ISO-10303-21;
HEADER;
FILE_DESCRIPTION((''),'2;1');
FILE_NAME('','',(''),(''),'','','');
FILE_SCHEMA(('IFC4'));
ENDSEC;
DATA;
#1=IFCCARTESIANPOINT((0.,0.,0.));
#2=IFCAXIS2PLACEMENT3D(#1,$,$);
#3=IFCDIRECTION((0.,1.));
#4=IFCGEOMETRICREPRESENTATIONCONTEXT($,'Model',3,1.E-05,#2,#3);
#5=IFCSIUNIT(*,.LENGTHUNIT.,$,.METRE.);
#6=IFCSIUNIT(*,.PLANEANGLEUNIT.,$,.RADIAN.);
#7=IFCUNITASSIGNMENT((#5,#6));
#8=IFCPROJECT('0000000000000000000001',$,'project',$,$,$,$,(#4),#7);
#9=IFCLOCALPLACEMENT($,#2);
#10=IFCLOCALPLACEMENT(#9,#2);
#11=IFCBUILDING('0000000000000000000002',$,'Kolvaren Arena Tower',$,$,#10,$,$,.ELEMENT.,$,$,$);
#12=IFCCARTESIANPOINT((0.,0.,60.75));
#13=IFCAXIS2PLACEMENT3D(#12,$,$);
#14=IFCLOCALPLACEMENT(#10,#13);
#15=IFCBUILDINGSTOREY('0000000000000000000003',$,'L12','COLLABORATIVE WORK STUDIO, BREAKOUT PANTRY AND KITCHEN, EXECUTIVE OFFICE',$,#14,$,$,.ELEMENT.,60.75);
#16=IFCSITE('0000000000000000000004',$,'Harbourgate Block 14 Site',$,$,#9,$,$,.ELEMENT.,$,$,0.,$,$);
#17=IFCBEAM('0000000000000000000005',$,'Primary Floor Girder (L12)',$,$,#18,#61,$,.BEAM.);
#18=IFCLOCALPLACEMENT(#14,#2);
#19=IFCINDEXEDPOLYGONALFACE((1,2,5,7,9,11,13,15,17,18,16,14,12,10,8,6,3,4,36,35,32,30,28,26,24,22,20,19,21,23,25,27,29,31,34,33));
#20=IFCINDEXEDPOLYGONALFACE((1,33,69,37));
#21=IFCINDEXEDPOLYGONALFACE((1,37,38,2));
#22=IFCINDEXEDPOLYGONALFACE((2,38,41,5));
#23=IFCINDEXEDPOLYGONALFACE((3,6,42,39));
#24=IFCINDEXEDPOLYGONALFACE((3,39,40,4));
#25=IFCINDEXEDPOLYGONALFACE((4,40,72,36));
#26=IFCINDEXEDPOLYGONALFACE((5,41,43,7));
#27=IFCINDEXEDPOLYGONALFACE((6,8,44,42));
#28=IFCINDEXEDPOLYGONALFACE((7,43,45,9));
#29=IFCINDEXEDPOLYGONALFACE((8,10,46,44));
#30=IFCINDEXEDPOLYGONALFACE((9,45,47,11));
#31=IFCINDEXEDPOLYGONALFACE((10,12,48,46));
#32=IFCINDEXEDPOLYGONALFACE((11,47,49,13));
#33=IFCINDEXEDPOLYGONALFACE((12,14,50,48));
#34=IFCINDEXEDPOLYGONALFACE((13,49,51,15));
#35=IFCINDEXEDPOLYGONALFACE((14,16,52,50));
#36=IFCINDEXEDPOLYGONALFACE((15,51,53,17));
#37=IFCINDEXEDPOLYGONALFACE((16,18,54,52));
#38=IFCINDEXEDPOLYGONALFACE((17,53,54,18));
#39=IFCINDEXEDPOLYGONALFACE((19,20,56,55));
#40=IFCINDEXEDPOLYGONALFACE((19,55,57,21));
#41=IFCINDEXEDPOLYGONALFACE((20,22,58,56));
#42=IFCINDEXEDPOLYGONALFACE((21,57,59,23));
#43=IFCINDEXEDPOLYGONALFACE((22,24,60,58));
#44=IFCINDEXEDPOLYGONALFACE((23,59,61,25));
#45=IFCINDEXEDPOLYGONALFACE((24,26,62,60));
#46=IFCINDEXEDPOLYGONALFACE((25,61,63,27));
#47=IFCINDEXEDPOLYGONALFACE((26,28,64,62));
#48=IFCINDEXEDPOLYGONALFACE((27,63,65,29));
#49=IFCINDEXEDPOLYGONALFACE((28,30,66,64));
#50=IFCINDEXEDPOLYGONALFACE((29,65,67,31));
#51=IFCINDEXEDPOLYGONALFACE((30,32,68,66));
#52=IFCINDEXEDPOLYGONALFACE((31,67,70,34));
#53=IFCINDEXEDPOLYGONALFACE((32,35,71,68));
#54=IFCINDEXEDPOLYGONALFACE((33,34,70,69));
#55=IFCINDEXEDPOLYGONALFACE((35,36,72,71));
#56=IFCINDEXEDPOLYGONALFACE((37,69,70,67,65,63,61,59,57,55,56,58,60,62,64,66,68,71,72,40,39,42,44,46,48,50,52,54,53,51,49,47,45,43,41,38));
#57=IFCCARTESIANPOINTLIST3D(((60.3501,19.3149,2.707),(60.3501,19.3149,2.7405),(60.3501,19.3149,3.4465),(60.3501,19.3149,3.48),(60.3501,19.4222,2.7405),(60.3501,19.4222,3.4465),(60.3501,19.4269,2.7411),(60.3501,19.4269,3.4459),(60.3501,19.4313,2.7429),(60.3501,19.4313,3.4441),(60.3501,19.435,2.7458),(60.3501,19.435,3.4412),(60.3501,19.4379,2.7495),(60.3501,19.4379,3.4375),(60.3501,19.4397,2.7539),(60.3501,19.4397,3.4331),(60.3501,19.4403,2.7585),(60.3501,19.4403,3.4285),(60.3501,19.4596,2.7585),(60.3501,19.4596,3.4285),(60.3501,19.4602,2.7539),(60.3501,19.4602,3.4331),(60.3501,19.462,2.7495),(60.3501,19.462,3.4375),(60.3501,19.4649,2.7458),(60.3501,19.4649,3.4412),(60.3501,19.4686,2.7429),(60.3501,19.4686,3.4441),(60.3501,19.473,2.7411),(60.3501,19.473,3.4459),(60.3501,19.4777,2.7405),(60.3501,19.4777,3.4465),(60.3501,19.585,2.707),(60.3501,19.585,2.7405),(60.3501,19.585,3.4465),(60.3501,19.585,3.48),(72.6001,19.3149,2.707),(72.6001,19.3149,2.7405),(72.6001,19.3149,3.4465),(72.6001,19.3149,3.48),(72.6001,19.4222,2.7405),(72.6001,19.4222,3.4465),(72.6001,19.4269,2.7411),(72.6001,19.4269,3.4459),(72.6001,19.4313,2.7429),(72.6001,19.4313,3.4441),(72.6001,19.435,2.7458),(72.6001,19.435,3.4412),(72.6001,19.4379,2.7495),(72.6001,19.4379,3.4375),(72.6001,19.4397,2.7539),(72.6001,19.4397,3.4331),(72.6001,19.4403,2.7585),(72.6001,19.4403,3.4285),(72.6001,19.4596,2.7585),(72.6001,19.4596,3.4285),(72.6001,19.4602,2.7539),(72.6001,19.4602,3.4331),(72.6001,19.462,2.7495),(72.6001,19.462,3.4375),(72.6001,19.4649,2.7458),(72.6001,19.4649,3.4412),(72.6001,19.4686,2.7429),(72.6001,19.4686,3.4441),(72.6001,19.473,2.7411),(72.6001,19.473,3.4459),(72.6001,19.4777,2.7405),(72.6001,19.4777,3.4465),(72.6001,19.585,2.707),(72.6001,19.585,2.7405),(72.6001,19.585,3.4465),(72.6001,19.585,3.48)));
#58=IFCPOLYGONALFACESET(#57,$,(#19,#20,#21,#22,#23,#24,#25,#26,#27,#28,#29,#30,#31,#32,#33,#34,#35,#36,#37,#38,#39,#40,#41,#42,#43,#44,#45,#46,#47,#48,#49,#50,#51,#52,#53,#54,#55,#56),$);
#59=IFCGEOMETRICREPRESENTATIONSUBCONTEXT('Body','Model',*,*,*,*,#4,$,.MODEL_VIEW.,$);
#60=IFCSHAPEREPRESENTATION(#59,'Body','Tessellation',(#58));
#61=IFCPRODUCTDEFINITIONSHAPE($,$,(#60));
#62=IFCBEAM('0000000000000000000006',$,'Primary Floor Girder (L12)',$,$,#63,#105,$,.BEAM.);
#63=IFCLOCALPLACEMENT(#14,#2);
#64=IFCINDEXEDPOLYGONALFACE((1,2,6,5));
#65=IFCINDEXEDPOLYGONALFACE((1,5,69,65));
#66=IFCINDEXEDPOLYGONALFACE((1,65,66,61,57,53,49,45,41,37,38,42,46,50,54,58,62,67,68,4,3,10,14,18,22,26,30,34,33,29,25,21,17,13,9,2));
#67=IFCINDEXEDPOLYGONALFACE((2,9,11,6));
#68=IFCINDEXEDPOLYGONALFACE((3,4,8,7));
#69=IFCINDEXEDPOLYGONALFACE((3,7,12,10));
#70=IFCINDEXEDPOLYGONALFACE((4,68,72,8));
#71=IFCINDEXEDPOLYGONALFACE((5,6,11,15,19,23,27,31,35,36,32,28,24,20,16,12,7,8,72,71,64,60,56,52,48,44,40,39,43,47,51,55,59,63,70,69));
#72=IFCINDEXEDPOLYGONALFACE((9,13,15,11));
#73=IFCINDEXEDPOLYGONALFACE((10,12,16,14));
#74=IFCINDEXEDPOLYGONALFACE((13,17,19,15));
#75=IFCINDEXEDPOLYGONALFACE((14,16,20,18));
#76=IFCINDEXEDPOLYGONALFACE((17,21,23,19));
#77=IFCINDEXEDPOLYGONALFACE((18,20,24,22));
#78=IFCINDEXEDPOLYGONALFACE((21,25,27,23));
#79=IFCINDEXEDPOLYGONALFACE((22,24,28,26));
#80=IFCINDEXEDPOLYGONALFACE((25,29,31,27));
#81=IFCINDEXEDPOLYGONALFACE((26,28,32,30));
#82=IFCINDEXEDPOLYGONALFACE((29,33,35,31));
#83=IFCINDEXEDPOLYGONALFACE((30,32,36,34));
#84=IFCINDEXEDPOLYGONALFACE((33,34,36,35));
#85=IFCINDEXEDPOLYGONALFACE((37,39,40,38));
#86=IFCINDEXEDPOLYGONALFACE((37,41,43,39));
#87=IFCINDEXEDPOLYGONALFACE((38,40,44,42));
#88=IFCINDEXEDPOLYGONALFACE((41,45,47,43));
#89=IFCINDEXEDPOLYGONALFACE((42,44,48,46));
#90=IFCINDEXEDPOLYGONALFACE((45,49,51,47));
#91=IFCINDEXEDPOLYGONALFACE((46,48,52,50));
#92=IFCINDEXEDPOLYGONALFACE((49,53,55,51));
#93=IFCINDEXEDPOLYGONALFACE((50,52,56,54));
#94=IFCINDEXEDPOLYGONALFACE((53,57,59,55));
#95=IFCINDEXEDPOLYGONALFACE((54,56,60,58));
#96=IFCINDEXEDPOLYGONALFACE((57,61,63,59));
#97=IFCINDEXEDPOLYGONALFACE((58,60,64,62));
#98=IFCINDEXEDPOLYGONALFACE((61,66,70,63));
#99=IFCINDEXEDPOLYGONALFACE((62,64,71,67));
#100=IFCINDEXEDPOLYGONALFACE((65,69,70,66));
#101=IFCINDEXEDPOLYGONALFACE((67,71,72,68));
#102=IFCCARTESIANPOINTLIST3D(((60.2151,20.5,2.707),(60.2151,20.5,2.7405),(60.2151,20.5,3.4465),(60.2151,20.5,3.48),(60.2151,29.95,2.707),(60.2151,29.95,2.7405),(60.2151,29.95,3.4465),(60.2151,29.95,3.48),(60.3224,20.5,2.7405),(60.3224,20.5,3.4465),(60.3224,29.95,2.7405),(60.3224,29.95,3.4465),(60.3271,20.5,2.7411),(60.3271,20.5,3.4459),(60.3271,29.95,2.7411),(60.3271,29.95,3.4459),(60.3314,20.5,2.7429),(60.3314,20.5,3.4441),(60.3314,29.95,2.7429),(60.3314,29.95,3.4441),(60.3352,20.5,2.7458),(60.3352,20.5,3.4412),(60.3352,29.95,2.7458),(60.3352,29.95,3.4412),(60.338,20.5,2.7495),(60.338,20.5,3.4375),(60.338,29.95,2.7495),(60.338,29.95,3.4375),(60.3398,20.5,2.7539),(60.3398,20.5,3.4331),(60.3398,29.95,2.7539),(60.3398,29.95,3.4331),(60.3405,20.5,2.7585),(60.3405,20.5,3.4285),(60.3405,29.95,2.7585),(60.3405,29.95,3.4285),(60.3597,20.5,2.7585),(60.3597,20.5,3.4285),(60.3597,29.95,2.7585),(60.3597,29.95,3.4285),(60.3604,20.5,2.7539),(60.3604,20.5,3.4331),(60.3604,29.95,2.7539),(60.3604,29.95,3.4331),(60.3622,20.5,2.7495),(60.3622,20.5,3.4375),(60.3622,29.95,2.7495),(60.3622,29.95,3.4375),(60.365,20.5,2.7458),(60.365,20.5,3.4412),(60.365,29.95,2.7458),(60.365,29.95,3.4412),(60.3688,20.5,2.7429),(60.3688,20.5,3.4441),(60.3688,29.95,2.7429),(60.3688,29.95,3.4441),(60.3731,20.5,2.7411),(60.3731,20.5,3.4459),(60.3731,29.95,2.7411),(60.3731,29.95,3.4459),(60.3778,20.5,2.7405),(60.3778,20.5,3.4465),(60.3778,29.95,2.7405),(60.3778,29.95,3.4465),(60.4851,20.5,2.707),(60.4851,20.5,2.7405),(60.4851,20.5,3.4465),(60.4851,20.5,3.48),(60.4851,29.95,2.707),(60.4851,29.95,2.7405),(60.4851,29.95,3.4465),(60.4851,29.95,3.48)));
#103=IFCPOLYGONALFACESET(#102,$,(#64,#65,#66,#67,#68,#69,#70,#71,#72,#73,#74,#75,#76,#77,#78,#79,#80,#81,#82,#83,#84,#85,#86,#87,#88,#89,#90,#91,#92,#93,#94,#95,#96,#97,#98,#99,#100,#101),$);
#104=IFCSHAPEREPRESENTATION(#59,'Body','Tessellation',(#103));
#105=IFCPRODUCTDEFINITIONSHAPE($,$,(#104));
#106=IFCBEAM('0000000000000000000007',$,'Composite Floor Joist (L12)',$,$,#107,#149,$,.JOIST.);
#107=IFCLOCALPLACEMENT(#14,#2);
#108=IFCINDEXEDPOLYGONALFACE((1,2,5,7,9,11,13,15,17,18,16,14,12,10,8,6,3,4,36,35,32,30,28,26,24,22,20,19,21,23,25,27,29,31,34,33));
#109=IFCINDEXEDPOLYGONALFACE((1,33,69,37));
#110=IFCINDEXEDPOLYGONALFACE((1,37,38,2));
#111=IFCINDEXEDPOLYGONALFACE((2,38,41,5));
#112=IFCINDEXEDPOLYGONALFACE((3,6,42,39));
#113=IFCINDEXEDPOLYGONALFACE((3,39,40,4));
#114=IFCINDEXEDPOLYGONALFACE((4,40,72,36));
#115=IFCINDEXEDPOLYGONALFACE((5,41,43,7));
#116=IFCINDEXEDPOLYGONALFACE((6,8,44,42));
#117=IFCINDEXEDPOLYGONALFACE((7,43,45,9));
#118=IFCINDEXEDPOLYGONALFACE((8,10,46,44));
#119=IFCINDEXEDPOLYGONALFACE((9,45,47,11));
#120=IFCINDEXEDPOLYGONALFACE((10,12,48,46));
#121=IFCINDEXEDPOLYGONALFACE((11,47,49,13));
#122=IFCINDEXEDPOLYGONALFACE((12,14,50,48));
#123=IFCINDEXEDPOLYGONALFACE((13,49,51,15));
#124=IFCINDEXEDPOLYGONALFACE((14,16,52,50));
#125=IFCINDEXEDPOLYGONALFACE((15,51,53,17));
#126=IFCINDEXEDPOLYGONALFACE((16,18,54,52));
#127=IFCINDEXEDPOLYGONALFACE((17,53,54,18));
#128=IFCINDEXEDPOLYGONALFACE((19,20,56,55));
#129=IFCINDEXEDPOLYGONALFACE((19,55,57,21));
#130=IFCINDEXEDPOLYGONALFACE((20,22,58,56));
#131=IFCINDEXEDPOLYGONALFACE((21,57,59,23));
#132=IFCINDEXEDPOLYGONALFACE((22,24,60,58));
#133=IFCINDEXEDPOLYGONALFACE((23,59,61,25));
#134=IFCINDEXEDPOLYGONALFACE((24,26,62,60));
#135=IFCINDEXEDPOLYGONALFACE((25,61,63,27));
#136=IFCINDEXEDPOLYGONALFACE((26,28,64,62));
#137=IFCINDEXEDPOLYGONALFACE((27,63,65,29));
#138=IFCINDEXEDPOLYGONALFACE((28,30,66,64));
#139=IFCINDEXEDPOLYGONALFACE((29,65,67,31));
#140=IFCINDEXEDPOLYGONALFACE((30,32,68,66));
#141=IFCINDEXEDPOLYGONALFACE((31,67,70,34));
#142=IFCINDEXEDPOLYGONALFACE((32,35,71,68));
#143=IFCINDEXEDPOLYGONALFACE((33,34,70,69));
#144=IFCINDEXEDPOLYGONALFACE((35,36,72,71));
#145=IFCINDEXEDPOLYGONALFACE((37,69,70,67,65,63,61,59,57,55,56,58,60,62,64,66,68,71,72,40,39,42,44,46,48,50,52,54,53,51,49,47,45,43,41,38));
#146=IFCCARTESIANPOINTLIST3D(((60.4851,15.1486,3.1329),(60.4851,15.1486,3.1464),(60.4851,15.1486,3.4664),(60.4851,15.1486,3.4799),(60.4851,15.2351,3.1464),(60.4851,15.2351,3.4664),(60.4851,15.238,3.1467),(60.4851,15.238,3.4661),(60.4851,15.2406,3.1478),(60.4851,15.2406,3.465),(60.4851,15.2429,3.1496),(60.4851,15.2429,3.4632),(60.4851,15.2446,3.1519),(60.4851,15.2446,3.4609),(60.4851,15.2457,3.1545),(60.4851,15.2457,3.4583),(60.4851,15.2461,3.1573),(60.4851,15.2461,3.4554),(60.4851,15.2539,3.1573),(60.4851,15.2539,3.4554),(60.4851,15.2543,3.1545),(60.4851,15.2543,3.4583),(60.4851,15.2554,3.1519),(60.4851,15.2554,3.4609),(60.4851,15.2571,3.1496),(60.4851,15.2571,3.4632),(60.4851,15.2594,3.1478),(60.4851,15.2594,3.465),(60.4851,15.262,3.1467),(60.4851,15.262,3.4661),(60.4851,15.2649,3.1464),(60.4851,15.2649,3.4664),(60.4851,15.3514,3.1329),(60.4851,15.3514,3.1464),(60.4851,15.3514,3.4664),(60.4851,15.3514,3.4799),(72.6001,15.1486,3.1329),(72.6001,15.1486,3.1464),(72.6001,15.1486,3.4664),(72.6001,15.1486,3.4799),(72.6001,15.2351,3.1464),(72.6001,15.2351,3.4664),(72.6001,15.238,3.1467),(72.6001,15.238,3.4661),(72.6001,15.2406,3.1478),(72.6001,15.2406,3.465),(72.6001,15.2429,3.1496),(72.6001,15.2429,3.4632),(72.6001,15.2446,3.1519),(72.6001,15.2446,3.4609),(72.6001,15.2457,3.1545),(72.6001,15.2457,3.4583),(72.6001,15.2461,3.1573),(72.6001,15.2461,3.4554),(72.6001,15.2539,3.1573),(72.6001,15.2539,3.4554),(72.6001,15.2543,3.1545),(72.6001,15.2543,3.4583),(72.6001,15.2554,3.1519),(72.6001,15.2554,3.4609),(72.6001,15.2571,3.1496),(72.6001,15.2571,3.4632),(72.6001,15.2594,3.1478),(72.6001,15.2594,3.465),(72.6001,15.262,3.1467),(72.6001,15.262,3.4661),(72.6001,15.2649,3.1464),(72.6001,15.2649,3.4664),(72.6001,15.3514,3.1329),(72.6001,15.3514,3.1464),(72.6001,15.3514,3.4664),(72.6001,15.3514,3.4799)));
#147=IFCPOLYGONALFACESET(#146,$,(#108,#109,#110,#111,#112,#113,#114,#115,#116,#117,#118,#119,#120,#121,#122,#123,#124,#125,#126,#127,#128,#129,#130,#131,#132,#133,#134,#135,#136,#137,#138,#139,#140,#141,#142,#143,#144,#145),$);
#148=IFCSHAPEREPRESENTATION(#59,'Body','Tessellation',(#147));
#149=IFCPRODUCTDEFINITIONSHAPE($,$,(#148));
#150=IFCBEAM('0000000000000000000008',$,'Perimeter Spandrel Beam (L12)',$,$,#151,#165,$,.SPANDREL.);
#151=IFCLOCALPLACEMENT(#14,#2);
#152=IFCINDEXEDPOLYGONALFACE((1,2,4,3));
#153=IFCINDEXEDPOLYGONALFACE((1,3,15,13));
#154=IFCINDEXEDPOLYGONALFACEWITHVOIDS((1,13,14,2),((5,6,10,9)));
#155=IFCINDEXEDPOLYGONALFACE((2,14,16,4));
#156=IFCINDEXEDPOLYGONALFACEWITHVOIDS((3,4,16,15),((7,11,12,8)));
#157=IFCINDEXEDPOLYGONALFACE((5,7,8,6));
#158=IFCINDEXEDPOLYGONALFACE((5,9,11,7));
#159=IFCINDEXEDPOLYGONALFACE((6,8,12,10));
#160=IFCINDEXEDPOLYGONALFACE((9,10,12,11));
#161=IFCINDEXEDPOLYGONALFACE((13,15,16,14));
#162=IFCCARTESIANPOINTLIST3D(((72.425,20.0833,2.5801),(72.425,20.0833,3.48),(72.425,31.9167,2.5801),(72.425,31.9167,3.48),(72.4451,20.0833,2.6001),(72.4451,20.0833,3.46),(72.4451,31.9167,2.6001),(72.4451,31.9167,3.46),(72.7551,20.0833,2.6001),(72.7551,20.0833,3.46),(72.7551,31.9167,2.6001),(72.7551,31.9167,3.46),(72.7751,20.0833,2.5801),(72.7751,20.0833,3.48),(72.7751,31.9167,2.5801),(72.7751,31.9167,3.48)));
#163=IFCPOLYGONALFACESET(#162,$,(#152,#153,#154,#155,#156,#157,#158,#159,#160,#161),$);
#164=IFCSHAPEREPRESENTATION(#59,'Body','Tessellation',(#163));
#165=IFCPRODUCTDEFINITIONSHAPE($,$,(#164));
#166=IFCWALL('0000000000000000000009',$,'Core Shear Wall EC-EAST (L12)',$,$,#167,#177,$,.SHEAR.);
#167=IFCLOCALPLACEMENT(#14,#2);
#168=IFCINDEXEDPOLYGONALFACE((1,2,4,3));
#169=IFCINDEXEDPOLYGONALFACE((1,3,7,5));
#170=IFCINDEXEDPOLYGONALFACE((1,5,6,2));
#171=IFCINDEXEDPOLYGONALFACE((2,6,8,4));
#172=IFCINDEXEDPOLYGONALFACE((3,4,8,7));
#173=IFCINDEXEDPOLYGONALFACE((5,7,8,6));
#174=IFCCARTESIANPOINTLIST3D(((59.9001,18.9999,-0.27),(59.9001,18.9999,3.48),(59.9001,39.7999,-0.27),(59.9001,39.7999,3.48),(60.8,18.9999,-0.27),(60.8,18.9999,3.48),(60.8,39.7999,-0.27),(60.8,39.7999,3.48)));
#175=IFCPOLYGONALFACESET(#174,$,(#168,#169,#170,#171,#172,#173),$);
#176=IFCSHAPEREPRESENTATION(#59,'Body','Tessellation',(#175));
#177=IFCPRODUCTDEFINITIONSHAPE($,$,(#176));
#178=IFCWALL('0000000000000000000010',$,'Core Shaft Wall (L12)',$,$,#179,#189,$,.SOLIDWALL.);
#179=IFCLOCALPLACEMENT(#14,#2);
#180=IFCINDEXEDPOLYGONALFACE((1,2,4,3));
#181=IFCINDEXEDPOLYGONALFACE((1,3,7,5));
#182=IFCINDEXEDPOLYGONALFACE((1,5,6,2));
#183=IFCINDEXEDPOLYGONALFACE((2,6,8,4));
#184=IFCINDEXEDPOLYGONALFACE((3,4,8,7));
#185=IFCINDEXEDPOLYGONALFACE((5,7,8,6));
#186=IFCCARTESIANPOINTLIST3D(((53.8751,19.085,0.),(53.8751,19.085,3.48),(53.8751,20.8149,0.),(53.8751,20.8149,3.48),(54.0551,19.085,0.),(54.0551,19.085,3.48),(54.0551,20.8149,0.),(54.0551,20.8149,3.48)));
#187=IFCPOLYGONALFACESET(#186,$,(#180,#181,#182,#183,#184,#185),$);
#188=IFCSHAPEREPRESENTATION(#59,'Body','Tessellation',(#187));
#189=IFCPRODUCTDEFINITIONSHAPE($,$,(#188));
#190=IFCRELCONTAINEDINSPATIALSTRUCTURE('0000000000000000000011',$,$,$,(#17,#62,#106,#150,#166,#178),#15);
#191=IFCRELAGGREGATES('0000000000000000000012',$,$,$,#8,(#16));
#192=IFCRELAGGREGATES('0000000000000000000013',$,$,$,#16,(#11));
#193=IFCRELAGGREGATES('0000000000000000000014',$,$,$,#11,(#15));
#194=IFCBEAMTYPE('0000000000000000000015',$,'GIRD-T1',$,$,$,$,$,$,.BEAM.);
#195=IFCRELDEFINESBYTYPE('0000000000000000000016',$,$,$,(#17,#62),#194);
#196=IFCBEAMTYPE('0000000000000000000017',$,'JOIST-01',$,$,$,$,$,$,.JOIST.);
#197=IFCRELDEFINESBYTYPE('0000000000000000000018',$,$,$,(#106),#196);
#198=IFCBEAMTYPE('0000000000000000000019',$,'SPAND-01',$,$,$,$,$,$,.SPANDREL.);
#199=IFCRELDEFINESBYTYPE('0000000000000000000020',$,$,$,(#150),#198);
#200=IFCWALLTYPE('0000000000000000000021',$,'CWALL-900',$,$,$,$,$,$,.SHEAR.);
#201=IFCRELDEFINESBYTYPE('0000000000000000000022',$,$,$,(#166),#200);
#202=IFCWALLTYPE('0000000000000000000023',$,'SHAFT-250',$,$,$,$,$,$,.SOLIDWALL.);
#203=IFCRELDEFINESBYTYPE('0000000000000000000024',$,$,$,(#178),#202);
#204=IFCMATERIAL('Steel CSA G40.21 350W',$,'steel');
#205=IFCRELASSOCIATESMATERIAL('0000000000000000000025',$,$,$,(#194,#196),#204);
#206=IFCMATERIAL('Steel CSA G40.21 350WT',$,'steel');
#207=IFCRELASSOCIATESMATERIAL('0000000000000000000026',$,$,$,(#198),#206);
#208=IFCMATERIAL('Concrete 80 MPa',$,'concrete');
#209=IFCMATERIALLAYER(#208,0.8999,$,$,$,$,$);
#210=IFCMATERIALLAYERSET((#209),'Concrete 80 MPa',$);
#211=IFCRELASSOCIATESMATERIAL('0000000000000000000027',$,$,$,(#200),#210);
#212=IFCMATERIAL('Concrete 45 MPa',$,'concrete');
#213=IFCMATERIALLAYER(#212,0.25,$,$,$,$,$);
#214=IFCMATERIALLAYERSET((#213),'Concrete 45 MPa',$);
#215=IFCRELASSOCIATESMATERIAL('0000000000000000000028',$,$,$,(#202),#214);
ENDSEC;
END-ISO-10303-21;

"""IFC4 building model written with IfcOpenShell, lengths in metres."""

from ifc_helpers import new_model, si_unit, direction, frame, frame_2d, origin, origin_2d, place, context, subcontext, project, spatial, rectangle, hollow_rectangle, i_section, extrude, material, layer, layer_set, material_profile, profile_set, type_object, element, save


model = new_model("IFC4")

# Units and contexts
model_context = context("Model", 3, precision=1e-05, world=origin(), true_north=direction((0.0, 1.0)))
body_context = subcontext(model_context, "Body", "Model", "MODEL_VIEW")
ifc_project = project(units=[si_unit("LENGTHUNIT", "METRE"), si_unit("PLANEANGLEUNIT", "RADIAN")], contexts=[model_context])

# Site, building, storey
site_placement = place(None, origin())
site = spatial("IfcSite", under=ifc_project, at=site_placement, Name="Harbourgate Block 14 Site", CompositionType="ELEMENT", RefElevation=0.0)
building_placement = place(site_placement, origin())
building = spatial("IfcBuilding", under=site, at=building_placement, Name="Kolvaren Arena Tower", CompositionType="ELEMENT")
storey_placement = place(building_placement, frame((0.0, 0.0, 60.75)))
storey = spatial("IfcBuildingStorey", under=building, at=storey_placement, Name="L12", Description="COLLABORATIVE WORK STUDIO, BREAKOUT PANTRY AND KITCHEN, EXECUTIVE OFFICE", CompositionType="ELEMENT", Elevation=60.75)

# Beams
ifc_material_1 = material(Name="Steel CSA G40.21 350W", Category="steel")
ifc_material_profile_1 = material_profile(ifc_material_1, i_section(OverallWidth=0.27, OverallDepth=0.7729, WebThickness=0.0193, FlangeThickness=0.0334, FilletRadius=0.0181, at=origin_2d()), Name="W760x257")
ifc_profile_set_1 = profile_set([ifc_material_profile_1], Name="Steel CSA G40.21 350W")
beam_type_1 = type_object("IfcBeamType", Name="GIRD-T1", PredefinedType="BEAM", material=ifc_profile_set_1)
beam_1_placement = place(storey_placement, frame((60.3501, 19.45, 3.0935), z_axis=(1.0, 0.0, 0.0), x_axis=(0.0, 1.0, 0.0)))
element("IfcBeam", 1, at=beam_1_placement, inside=storey, type_object=beam_type_1, Name="Primary Floor Girder (L12)", PredefinedType="BEAM", context=body_context, shape_type="SweptSolid", body=[
    extrude(i_section(OverallWidth=0.27, OverallDepth=0.7729, WebThickness=0.0193, FlangeThickness=0.0334, FilletRadius=0.0181, at=origin_2d()), origin(), (0.0, 0.0, 1.0), 12.25),
])
beam_2_placement = place(storey_placement, frame((60.3501, 20.5, 3.0935), z_axis=(0.0, 1.0, 0.0), x_axis=(-1.0, 0.0, 0.0)))
element("IfcBeam", 2, at=beam_2_placement, inside=storey, type_object=beam_type_1, Name="Primary Floor Girder (L12)", PredefinedType="BEAM", context=body_context, shape_type="SweptSolid", body=[
    extrude(i_section(OverallWidth=0.27, OverallDepth=0.7729, WebThickness=0.0193, FlangeThickness=0.0334, FilletRadius=0.0181, at=origin_2d()), origin(), (0.0, 0.0, 1.0), 9.45),
])
ifc_material_profile_2 = material_profile(ifc_material_1, i_section(OverallWidth=0.2029, OverallDepth=0.3469, WebThickness=0.0078, FlangeThickness=0.0134, FilletRadius=0.011, at=origin_2d()), Name="W360x64")
ifc_profile_set_2 = profile_set([ifc_material_profile_2], Name="Steel CSA G40.21 350W")
beam_type_2 = type_object("IfcBeamType", Name="JOIST-01", PredefinedType="JOIST", material=ifc_profile_set_2)
beam_3_placement = place(storey_placement, frame((60.4851, 15.25, 3.3064), z_axis=(1.0, 0.0, 0.0), x_axis=(0.0, 1.0, 0.0)))
element("IfcBeam", 3, at=beam_3_placement, inside=storey, type_object=beam_type_2, Name="Composite Floor Joist (L12)", PredefinedType="JOIST", context=body_context, shape_type="SweptSolid", body=[
    extrude(i_section(OverallWidth=0.2029, OverallDepth=0.3469, WebThickness=0.0078, FlangeThickness=0.0134, FilletRadius=0.011, at=origin_2d()), origin(), (0.0, 0.0, 1.0), 12.115),
])
ifc_material_2 = material(Name="Steel CSA G40.21 350WT", Category="steel")
ifc_material_profile_3 = material_profile(ifc_material_2, hollow_rectangle(XDim=0.3501, YDim=0.8999, WallThickness=0.02, at=origin_2d()), Name="HSS 900x350x20")
ifc_profile_set_3 = profile_set([ifc_material_profile_3], Name="Steel CSA G40.21 350WT")
beam_type_3 = type_object("IfcBeamType", Name="SPAND-01", PredefinedType="SPANDREL", material=ifc_profile_set_3)
beam_4_placement = place(storey_placement, frame((72.6001, 20.0833, 3.03), z_axis=(0.0, 1.0, 0.0), x_axis=(-1.0, 0.0, 0.0)))
element("IfcBeam", 4, at=beam_4_placement, inside=storey, type_object=beam_type_3, Name="Perimeter Spandrel Beam (L12)", PredefinedType="SPANDREL", context=body_context, shape_type="SweptSolid", body=[
    extrude(hollow_rectangle(XDim=0.3501, YDim=0.8999, WallThickness=0.02, at=origin_2d()), origin(), (0.0, 0.0, 1.0), 11.8335),
])

# Walls
ifc_material_3 = material(Name="Concrete 80 MPa", Category="concrete")
ifc_layer_1 = layer(ifc_material_3, 0.8999)
ifc_layer_set_1 = layer_set([ifc_layer_1], Name="Concrete 80 MPa")
wall_type_1 = type_object("IfcWallType", Name="CWALL-900", PredefinedType="SHEAR", material=ifc_layer_set_1)
wall_1_placement = place(storey_placement, frame((60.3501, 19.0, -0.27), z_axis=(0.0, 0.0, 1.0), x_axis=(0.0, 1.0, 0.0)))
element("IfcWall", 5, at=wall_1_placement, inside=storey, type_object=wall_type_1, Name="Core Shear Wall EC-EAST (L12)", PredefinedType="SHEAR", context=body_context, shape_type="SweptSolid", body=[
    extrude(rectangle(XDim=20.8, YDim=0.8999, at=frame_2d((10.3999, 0.0))), origin(), (0.0, 0.0, 1.0), 3.75),
])
ifc_material_4 = material(Name="Concrete 45 MPa", Category="concrete")
ifc_layer_2 = layer(ifc_material_4, 0.25)
ifc_layer_set_2 = layer_set([ifc_layer_2], Name="Concrete 45 MPa")
wall_type_2 = type_object("IfcWallType", Name="SHAFT-250", PredefinedType="SOLIDWALL", material=ifc_layer_set_2)
for number, where, z_axis, x_axis, name in (
    (6, (53.9651, 19.085, 0.0), (0.0, 0.0, 1.0), (0.0, 1.0, 0.0), "Core Shaft Wall (L12)"),
):
    element("IfcWall", number, at=place(storey_placement, frame(where, z_axis=z_axis, x_axis=x_axis)), inside=storey, type_object=wall_type_2, Name=name, PredefinedType="SOLIDWALL", context=body_context, shape_type="SweptSolid", body=[
        extrude(rectangle(XDim=1.73, YDim=0.1799, at=frame_2d((0.865, 0.0))), origin(), (0.0, 0.0, 1.0), 3.48),
    ])

save(model, "model.ifc")
